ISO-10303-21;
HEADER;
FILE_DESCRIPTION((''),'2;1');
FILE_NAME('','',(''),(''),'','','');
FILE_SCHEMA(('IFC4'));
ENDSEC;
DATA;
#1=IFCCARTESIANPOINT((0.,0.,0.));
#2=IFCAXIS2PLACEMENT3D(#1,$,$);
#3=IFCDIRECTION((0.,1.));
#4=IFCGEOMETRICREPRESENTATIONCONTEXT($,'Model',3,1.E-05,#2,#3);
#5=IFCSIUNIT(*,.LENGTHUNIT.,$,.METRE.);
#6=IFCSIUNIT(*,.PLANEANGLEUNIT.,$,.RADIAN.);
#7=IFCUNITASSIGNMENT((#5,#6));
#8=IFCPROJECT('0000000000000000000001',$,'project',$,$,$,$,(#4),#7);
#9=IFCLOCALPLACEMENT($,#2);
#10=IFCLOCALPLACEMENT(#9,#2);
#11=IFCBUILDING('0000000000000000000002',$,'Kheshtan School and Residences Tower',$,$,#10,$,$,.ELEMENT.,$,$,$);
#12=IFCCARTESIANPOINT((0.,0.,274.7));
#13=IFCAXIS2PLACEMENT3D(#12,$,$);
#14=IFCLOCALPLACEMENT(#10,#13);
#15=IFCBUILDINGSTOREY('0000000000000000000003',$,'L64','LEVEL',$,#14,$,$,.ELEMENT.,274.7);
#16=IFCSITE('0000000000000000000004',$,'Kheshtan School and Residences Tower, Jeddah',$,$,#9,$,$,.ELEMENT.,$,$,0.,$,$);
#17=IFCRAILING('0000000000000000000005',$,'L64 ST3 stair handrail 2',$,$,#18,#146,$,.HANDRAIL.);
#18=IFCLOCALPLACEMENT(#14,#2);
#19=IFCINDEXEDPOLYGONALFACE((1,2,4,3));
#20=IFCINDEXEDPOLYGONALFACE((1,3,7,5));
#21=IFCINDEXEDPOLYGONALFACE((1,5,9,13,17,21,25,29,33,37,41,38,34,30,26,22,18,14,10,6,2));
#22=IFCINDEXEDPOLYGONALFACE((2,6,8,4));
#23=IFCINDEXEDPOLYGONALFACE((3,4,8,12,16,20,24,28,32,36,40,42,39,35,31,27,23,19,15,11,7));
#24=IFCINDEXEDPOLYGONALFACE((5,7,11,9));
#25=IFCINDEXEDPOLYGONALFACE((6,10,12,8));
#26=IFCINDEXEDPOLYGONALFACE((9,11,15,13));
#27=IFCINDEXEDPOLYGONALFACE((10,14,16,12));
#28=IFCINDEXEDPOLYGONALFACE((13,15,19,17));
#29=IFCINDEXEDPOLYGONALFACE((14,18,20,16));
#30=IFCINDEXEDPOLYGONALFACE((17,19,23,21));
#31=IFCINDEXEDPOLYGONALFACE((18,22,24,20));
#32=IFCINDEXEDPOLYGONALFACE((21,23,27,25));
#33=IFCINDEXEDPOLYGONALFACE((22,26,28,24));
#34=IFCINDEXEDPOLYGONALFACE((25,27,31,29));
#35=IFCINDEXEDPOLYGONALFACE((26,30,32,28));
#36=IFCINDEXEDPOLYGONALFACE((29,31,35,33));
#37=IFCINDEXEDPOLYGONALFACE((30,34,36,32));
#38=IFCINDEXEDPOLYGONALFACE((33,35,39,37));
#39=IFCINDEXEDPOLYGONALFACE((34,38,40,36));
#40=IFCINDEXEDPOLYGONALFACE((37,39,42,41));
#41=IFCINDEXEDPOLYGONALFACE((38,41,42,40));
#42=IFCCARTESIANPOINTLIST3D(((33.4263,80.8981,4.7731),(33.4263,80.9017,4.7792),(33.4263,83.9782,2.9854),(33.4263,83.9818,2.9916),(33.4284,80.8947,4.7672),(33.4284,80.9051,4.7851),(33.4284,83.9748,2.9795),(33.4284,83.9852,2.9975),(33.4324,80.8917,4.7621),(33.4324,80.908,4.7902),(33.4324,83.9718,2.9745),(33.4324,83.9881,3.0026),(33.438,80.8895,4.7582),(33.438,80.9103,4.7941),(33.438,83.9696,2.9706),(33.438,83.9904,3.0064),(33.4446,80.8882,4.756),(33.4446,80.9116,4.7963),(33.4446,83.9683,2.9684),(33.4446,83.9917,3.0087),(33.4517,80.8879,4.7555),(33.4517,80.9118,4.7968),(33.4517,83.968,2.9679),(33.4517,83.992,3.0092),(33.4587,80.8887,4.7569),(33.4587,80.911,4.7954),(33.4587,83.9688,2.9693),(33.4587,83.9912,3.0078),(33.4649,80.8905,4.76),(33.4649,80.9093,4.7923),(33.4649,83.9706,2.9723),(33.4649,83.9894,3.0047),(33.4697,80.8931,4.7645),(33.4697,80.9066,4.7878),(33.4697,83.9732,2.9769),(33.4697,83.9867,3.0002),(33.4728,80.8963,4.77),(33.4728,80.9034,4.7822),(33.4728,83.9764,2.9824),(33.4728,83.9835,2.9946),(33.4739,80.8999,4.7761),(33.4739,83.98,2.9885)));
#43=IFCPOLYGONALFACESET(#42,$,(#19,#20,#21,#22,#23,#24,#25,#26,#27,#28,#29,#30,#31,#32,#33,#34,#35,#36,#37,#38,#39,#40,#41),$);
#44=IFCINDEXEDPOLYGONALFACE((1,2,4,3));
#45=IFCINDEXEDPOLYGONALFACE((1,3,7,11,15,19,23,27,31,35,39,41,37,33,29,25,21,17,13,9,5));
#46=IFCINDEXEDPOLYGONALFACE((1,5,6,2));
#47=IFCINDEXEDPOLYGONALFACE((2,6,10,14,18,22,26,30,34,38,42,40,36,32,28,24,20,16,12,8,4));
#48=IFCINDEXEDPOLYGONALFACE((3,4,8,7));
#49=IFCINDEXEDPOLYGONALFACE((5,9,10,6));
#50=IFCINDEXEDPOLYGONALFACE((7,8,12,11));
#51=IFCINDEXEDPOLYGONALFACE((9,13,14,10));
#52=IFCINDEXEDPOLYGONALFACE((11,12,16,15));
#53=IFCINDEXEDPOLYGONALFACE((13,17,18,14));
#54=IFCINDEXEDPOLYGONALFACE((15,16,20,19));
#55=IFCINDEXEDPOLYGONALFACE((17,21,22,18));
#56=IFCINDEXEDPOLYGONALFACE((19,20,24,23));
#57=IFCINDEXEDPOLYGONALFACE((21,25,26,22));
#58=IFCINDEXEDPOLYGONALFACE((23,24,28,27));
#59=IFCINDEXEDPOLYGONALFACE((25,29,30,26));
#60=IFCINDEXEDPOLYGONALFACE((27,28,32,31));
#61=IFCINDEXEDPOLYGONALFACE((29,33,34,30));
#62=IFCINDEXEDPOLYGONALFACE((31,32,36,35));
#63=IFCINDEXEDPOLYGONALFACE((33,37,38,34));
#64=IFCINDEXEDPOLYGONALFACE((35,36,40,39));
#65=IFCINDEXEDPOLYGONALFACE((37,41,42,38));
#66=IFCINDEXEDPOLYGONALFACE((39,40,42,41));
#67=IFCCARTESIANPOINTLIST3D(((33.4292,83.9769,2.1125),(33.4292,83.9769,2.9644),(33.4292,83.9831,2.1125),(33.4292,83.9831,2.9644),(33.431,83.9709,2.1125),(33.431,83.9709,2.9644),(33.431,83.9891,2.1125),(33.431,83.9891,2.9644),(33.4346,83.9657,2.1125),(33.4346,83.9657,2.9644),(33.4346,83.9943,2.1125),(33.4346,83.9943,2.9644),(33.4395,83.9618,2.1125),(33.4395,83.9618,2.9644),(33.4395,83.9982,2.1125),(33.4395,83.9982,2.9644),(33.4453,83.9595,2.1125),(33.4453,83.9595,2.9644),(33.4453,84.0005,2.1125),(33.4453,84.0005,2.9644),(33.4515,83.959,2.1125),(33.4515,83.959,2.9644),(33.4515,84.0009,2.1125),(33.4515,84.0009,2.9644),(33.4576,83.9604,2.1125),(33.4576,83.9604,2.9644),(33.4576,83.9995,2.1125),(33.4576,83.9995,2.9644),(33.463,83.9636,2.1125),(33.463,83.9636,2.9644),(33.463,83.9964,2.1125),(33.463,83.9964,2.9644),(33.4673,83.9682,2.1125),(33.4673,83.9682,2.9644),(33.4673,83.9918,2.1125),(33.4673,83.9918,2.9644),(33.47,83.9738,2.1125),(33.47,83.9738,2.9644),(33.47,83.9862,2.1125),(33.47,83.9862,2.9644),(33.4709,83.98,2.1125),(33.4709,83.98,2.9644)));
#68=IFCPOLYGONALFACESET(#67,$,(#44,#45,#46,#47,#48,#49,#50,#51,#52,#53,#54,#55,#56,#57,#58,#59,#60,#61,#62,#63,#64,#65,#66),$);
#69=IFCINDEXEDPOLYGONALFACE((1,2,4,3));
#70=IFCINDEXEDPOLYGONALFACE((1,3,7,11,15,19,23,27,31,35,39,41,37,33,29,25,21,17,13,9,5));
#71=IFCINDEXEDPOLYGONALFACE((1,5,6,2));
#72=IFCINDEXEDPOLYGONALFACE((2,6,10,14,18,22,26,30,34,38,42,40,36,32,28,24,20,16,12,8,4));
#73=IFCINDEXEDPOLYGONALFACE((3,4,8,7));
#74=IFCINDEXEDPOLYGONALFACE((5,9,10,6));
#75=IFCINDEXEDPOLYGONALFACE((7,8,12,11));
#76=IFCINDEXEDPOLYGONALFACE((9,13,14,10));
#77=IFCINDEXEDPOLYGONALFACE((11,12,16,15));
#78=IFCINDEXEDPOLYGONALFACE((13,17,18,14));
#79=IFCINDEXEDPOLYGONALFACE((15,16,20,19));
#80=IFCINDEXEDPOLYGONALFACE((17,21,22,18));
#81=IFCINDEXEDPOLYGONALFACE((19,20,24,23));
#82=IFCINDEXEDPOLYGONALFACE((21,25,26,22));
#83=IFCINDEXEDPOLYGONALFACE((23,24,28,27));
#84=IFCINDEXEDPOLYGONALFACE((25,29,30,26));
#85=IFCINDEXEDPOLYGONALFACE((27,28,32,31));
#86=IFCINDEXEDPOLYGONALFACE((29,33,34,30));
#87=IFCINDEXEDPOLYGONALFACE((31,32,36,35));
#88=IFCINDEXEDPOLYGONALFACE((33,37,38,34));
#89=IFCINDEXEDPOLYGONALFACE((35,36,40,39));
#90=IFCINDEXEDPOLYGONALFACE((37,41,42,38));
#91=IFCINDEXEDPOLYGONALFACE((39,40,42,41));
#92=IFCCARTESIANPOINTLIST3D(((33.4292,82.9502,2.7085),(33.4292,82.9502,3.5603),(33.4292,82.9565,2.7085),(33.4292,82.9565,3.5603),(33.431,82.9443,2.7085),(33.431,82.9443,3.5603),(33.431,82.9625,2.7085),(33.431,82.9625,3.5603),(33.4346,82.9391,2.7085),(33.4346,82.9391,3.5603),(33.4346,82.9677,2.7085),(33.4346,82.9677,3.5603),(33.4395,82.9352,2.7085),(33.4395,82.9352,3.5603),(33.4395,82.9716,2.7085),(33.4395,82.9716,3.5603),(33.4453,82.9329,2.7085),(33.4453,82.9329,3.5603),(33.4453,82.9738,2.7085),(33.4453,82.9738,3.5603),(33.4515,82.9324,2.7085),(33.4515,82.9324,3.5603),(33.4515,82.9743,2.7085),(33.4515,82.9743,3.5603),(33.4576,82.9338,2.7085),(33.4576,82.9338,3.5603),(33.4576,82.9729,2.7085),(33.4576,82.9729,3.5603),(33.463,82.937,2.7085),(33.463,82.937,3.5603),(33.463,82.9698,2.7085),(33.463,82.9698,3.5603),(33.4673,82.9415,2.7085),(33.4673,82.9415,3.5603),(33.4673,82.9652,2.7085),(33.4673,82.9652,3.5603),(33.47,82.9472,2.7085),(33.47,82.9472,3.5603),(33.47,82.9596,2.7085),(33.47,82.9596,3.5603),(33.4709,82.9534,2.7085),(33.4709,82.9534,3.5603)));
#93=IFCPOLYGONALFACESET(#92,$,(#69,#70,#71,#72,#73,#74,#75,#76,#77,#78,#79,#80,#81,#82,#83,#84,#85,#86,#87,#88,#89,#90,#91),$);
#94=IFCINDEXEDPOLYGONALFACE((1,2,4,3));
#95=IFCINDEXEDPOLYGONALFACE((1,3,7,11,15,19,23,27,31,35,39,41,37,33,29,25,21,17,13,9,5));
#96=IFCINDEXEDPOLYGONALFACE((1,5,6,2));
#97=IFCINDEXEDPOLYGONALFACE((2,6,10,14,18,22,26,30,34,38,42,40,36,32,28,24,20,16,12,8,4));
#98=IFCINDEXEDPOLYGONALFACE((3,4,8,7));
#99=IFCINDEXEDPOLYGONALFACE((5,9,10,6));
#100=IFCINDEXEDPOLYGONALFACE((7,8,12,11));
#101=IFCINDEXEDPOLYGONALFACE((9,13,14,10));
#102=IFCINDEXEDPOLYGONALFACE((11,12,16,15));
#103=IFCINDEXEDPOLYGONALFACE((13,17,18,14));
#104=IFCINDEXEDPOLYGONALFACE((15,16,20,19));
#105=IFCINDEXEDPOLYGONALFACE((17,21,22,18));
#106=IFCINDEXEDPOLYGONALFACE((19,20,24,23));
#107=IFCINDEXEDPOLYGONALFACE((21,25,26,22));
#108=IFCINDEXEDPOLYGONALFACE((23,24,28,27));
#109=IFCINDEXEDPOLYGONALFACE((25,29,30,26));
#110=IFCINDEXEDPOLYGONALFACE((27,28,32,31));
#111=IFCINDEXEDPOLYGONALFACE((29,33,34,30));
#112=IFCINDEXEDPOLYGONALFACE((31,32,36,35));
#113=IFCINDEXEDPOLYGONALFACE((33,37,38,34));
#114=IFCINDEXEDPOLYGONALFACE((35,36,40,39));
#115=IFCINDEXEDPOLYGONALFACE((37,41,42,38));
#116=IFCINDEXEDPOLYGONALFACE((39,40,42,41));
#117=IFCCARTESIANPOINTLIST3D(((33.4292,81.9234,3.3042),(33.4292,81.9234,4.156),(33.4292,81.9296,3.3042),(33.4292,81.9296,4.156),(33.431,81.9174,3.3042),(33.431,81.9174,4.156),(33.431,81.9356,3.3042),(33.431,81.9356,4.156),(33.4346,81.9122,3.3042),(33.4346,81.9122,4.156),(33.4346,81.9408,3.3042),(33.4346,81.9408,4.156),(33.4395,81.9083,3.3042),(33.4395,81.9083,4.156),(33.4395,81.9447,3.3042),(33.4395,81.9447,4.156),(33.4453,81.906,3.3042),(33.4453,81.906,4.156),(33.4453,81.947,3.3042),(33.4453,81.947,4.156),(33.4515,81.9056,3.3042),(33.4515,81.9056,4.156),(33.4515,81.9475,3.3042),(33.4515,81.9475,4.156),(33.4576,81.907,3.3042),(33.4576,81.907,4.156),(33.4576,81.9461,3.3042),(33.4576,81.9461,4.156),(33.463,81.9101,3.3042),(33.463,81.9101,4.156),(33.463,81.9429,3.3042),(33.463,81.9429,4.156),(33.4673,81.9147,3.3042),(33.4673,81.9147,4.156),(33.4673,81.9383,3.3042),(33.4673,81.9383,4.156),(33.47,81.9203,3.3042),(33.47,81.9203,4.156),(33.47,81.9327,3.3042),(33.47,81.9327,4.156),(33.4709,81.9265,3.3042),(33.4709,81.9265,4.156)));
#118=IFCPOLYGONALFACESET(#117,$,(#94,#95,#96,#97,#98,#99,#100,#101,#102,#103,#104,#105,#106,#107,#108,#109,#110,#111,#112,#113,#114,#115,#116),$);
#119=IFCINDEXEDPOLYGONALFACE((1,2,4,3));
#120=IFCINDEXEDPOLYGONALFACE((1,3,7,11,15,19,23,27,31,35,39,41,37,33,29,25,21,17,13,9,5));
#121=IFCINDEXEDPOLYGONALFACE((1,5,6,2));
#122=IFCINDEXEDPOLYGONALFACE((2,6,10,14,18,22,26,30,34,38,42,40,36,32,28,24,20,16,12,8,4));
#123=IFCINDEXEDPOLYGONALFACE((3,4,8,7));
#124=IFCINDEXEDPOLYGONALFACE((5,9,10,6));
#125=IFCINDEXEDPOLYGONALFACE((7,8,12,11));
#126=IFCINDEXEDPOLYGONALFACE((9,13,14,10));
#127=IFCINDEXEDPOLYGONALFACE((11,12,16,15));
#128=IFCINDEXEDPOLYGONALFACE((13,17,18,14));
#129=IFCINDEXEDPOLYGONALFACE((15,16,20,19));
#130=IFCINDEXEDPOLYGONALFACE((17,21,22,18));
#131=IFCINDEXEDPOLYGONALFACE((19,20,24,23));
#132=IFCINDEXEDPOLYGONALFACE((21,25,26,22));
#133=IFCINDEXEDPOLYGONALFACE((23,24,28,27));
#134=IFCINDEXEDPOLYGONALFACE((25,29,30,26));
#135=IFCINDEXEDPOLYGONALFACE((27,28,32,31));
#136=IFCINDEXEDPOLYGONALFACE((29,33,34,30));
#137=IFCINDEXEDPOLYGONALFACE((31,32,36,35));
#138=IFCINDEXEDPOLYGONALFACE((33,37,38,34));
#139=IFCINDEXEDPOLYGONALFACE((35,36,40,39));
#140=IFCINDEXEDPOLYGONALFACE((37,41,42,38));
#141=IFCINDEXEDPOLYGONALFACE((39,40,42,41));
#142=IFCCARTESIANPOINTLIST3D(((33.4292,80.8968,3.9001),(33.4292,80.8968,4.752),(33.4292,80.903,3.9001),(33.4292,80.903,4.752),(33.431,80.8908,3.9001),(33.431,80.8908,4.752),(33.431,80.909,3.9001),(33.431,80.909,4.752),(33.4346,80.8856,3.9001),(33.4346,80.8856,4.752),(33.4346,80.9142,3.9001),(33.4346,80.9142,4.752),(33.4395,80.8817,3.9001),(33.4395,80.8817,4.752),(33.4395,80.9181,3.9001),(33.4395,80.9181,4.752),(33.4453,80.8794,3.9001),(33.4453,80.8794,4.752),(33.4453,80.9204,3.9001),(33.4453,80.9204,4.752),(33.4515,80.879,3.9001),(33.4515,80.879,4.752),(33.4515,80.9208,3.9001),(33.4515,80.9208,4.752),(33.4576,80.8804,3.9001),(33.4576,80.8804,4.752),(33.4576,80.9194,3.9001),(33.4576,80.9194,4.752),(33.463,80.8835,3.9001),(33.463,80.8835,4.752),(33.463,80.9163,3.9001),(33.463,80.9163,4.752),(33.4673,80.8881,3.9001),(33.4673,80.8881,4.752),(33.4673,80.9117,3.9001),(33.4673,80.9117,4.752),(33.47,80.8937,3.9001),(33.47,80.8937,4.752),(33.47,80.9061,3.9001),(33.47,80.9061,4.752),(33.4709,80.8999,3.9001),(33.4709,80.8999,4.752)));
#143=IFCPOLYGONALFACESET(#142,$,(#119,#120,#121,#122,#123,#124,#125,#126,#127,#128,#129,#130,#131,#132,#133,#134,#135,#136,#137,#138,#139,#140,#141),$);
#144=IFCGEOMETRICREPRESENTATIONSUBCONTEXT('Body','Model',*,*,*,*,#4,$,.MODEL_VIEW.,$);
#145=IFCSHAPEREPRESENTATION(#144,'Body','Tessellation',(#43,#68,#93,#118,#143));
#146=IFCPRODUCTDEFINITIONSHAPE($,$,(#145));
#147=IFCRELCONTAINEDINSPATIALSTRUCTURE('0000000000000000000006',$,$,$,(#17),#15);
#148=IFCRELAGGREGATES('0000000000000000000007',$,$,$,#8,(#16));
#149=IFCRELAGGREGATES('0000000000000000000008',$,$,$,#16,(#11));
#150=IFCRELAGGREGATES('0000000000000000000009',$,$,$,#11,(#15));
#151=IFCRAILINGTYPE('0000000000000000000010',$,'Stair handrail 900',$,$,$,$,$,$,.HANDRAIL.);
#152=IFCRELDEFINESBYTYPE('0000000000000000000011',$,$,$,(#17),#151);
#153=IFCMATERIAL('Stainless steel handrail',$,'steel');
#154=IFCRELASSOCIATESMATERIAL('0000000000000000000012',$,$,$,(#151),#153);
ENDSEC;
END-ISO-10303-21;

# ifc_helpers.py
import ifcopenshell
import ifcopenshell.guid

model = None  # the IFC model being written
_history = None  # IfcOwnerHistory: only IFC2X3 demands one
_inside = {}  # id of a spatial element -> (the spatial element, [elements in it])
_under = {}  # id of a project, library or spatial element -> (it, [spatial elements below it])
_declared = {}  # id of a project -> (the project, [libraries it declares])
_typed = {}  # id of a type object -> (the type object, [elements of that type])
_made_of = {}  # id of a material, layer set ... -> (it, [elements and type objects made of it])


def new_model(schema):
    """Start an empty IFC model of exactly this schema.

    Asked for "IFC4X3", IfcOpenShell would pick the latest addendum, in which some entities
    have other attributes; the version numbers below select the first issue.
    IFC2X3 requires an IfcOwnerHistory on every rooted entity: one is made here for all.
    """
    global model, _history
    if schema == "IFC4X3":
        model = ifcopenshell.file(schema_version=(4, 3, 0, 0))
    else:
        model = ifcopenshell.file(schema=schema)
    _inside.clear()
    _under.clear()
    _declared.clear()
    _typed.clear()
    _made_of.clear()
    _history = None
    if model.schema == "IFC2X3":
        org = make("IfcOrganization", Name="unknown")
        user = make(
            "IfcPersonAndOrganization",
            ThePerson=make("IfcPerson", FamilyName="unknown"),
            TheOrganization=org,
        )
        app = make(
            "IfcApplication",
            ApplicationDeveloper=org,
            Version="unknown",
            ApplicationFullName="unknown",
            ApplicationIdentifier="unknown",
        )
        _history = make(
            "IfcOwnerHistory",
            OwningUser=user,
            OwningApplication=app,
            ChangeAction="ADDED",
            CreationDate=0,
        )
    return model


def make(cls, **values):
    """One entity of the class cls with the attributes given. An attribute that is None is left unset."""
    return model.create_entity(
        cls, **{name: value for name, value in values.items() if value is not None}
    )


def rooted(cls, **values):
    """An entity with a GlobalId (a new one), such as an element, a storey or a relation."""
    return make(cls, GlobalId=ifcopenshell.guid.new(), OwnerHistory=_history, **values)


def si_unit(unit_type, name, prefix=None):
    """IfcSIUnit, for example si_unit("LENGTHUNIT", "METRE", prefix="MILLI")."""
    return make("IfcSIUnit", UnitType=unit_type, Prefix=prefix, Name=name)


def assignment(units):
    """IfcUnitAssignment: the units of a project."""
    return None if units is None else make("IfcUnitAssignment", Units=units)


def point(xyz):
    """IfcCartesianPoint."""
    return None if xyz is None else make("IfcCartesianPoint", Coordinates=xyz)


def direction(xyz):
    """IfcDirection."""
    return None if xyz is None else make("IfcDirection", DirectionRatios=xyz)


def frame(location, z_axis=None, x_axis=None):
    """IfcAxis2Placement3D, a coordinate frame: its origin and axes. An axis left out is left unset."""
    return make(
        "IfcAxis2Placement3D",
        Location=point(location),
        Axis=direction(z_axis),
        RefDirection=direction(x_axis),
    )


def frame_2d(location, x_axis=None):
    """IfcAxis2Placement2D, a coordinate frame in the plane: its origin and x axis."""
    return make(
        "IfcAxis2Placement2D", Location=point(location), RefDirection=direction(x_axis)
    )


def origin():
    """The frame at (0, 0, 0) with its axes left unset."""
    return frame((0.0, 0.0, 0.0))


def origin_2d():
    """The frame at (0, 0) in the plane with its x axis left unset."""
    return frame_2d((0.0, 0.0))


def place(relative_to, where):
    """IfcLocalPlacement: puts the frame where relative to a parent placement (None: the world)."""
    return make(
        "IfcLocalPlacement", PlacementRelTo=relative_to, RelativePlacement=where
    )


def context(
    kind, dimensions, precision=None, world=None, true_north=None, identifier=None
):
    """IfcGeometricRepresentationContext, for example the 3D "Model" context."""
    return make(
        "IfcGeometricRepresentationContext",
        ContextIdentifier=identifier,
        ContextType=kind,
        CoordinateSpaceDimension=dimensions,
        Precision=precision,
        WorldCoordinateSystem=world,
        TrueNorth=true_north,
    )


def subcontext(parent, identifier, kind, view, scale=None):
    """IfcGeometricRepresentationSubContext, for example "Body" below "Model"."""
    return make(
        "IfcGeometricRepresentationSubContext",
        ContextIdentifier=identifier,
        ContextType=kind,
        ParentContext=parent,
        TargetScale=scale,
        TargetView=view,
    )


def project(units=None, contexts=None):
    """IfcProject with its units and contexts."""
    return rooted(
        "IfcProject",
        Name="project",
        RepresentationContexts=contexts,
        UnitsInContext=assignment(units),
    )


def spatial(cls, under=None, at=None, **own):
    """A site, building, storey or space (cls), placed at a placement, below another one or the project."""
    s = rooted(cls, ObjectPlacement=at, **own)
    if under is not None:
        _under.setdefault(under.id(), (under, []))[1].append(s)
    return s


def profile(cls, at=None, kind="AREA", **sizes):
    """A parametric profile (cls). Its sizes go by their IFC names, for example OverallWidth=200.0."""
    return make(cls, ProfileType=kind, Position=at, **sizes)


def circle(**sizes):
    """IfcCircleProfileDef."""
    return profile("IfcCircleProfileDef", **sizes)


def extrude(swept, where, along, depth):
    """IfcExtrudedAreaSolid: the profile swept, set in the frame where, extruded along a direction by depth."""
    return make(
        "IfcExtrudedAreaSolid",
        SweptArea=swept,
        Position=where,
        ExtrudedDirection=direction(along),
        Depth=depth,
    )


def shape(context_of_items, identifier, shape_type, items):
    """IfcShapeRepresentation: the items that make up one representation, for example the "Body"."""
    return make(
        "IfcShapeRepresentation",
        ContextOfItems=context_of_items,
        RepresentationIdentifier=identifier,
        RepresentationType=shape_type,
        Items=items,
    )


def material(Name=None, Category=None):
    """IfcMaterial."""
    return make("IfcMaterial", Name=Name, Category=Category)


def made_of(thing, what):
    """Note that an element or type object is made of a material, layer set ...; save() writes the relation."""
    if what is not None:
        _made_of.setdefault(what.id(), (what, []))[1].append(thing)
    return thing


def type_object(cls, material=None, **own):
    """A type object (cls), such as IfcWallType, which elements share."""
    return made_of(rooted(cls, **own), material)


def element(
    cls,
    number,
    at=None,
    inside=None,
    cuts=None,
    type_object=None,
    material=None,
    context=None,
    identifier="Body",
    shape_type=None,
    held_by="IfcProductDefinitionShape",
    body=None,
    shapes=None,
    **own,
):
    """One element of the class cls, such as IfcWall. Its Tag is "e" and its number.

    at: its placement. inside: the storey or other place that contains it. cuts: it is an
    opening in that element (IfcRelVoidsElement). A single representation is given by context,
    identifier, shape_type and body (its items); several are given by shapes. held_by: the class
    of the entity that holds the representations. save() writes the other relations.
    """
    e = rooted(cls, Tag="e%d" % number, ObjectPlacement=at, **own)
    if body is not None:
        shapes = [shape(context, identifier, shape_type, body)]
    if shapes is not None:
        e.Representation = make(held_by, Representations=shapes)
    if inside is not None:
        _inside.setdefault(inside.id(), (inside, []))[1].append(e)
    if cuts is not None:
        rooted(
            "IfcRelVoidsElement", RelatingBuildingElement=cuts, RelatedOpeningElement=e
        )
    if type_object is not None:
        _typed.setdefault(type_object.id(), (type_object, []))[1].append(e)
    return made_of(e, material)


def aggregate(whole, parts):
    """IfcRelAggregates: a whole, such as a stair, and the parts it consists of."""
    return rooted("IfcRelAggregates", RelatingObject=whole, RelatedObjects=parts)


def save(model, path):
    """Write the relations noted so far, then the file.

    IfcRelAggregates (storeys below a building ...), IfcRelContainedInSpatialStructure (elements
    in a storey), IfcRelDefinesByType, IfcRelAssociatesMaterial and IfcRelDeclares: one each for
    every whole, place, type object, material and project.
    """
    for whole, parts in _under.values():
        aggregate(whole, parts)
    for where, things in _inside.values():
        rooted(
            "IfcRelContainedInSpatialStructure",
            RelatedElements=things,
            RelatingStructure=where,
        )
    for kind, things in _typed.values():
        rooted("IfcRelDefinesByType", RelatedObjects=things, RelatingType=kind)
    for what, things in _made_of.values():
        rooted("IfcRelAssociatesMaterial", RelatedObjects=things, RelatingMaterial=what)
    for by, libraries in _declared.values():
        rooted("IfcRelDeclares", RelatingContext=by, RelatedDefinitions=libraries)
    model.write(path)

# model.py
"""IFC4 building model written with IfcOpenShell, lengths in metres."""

from ifc_helpers import new_model, si_unit, direction, frame, origin, origin_2d, place, context, subcontext, project, spatial, circle, extrude, material, type_object, element, save


model = new_model("IFC4")

# Units and contexts
model_context = context("Model", 3, precision=1e-05, world=origin(), true_north=direction((0.0, 1.0)))
body_context = subcontext(model_context, "Body", "Model", "MODEL_VIEW")
ifc_project = project(units=[si_unit("LENGTHUNIT", "METRE"), si_unit("PLANEANGLEUNIT", "RADIAN")], contexts=[model_context])

# Site, building, storey
site_placement = place(None, origin())
site = spatial("IfcSite", under=ifc_project, at=site_placement, Name="Kheshtan School and Residences Tower, Jeddah", CompositionType="ELEMENT", RefElevation=0.0)
building_placement = place(site_placement, origin())
building = spatial("IfcBuilding", under=site, at=building_placement, Name="Kheshtan School and Residences Tower", CompositionType="ELEMENT")
storey_placement = place(building_placement, frame((0.0, 0.0, 274.7)))
storey = spatial("IfcBuildingStorey", under=building, at=storey_placement, Name="L64", Description="LEVEL", CompositionType="ELEMENT", Elevation=274.7)

# Railing
ifc_material_1 = material(Name="Stainless steel handrail", Category="steel")
railing_type_1 = type_object("IfcRailingType", Name="Stair handrail 900", PredefinedType="HANDRAIL", material=ifc_material_1)
railing_1_placement = place(storey_placement, frame((33.45, 83.98, 2.1125)))
element("IfcRailing", 1, at=railing_1_placement, inside=storey, type_object=railing_type_1, Name="L64 ST3 stair handrail 2", PredefinedType="HANDRAIL", context=body_context, shape_type="SweptSolid", body=[
    extrude(circle(Radius=0.0239, at=origin_2d()), frame((0.0, 0.0, 0.876), z_axis=(0.0, -0.864891, 0.50196), x_axis=(1.0, 0.0, 0.0)), (0.0, 0.0, 1.0), 3.5613),
    extrude(circle(Radius=0.021, at=origin_2d()), origin(), (0.0, 0.0, 1.0), 0.8518),
    extrude(circle(Radius=0.021, at=origin_2d()), frame((0.0, -1.0266, 0.5959)), (0.0, 0.0, 1.0), 0.8518),
    extrude(circle(Radius=0.021, at=origin_2d()), frame((0.0, -2.0535, 1.1917)), (0.0, 0.0, 1.0), 0.8518),
    extrude(circle(Radius=0.021, at=origin_2d()), frame((0.0, -3.0801, 1.7876)), (0.0, 0.0, 1.0), 0.8518),
])

save(model, "model.ifc")
